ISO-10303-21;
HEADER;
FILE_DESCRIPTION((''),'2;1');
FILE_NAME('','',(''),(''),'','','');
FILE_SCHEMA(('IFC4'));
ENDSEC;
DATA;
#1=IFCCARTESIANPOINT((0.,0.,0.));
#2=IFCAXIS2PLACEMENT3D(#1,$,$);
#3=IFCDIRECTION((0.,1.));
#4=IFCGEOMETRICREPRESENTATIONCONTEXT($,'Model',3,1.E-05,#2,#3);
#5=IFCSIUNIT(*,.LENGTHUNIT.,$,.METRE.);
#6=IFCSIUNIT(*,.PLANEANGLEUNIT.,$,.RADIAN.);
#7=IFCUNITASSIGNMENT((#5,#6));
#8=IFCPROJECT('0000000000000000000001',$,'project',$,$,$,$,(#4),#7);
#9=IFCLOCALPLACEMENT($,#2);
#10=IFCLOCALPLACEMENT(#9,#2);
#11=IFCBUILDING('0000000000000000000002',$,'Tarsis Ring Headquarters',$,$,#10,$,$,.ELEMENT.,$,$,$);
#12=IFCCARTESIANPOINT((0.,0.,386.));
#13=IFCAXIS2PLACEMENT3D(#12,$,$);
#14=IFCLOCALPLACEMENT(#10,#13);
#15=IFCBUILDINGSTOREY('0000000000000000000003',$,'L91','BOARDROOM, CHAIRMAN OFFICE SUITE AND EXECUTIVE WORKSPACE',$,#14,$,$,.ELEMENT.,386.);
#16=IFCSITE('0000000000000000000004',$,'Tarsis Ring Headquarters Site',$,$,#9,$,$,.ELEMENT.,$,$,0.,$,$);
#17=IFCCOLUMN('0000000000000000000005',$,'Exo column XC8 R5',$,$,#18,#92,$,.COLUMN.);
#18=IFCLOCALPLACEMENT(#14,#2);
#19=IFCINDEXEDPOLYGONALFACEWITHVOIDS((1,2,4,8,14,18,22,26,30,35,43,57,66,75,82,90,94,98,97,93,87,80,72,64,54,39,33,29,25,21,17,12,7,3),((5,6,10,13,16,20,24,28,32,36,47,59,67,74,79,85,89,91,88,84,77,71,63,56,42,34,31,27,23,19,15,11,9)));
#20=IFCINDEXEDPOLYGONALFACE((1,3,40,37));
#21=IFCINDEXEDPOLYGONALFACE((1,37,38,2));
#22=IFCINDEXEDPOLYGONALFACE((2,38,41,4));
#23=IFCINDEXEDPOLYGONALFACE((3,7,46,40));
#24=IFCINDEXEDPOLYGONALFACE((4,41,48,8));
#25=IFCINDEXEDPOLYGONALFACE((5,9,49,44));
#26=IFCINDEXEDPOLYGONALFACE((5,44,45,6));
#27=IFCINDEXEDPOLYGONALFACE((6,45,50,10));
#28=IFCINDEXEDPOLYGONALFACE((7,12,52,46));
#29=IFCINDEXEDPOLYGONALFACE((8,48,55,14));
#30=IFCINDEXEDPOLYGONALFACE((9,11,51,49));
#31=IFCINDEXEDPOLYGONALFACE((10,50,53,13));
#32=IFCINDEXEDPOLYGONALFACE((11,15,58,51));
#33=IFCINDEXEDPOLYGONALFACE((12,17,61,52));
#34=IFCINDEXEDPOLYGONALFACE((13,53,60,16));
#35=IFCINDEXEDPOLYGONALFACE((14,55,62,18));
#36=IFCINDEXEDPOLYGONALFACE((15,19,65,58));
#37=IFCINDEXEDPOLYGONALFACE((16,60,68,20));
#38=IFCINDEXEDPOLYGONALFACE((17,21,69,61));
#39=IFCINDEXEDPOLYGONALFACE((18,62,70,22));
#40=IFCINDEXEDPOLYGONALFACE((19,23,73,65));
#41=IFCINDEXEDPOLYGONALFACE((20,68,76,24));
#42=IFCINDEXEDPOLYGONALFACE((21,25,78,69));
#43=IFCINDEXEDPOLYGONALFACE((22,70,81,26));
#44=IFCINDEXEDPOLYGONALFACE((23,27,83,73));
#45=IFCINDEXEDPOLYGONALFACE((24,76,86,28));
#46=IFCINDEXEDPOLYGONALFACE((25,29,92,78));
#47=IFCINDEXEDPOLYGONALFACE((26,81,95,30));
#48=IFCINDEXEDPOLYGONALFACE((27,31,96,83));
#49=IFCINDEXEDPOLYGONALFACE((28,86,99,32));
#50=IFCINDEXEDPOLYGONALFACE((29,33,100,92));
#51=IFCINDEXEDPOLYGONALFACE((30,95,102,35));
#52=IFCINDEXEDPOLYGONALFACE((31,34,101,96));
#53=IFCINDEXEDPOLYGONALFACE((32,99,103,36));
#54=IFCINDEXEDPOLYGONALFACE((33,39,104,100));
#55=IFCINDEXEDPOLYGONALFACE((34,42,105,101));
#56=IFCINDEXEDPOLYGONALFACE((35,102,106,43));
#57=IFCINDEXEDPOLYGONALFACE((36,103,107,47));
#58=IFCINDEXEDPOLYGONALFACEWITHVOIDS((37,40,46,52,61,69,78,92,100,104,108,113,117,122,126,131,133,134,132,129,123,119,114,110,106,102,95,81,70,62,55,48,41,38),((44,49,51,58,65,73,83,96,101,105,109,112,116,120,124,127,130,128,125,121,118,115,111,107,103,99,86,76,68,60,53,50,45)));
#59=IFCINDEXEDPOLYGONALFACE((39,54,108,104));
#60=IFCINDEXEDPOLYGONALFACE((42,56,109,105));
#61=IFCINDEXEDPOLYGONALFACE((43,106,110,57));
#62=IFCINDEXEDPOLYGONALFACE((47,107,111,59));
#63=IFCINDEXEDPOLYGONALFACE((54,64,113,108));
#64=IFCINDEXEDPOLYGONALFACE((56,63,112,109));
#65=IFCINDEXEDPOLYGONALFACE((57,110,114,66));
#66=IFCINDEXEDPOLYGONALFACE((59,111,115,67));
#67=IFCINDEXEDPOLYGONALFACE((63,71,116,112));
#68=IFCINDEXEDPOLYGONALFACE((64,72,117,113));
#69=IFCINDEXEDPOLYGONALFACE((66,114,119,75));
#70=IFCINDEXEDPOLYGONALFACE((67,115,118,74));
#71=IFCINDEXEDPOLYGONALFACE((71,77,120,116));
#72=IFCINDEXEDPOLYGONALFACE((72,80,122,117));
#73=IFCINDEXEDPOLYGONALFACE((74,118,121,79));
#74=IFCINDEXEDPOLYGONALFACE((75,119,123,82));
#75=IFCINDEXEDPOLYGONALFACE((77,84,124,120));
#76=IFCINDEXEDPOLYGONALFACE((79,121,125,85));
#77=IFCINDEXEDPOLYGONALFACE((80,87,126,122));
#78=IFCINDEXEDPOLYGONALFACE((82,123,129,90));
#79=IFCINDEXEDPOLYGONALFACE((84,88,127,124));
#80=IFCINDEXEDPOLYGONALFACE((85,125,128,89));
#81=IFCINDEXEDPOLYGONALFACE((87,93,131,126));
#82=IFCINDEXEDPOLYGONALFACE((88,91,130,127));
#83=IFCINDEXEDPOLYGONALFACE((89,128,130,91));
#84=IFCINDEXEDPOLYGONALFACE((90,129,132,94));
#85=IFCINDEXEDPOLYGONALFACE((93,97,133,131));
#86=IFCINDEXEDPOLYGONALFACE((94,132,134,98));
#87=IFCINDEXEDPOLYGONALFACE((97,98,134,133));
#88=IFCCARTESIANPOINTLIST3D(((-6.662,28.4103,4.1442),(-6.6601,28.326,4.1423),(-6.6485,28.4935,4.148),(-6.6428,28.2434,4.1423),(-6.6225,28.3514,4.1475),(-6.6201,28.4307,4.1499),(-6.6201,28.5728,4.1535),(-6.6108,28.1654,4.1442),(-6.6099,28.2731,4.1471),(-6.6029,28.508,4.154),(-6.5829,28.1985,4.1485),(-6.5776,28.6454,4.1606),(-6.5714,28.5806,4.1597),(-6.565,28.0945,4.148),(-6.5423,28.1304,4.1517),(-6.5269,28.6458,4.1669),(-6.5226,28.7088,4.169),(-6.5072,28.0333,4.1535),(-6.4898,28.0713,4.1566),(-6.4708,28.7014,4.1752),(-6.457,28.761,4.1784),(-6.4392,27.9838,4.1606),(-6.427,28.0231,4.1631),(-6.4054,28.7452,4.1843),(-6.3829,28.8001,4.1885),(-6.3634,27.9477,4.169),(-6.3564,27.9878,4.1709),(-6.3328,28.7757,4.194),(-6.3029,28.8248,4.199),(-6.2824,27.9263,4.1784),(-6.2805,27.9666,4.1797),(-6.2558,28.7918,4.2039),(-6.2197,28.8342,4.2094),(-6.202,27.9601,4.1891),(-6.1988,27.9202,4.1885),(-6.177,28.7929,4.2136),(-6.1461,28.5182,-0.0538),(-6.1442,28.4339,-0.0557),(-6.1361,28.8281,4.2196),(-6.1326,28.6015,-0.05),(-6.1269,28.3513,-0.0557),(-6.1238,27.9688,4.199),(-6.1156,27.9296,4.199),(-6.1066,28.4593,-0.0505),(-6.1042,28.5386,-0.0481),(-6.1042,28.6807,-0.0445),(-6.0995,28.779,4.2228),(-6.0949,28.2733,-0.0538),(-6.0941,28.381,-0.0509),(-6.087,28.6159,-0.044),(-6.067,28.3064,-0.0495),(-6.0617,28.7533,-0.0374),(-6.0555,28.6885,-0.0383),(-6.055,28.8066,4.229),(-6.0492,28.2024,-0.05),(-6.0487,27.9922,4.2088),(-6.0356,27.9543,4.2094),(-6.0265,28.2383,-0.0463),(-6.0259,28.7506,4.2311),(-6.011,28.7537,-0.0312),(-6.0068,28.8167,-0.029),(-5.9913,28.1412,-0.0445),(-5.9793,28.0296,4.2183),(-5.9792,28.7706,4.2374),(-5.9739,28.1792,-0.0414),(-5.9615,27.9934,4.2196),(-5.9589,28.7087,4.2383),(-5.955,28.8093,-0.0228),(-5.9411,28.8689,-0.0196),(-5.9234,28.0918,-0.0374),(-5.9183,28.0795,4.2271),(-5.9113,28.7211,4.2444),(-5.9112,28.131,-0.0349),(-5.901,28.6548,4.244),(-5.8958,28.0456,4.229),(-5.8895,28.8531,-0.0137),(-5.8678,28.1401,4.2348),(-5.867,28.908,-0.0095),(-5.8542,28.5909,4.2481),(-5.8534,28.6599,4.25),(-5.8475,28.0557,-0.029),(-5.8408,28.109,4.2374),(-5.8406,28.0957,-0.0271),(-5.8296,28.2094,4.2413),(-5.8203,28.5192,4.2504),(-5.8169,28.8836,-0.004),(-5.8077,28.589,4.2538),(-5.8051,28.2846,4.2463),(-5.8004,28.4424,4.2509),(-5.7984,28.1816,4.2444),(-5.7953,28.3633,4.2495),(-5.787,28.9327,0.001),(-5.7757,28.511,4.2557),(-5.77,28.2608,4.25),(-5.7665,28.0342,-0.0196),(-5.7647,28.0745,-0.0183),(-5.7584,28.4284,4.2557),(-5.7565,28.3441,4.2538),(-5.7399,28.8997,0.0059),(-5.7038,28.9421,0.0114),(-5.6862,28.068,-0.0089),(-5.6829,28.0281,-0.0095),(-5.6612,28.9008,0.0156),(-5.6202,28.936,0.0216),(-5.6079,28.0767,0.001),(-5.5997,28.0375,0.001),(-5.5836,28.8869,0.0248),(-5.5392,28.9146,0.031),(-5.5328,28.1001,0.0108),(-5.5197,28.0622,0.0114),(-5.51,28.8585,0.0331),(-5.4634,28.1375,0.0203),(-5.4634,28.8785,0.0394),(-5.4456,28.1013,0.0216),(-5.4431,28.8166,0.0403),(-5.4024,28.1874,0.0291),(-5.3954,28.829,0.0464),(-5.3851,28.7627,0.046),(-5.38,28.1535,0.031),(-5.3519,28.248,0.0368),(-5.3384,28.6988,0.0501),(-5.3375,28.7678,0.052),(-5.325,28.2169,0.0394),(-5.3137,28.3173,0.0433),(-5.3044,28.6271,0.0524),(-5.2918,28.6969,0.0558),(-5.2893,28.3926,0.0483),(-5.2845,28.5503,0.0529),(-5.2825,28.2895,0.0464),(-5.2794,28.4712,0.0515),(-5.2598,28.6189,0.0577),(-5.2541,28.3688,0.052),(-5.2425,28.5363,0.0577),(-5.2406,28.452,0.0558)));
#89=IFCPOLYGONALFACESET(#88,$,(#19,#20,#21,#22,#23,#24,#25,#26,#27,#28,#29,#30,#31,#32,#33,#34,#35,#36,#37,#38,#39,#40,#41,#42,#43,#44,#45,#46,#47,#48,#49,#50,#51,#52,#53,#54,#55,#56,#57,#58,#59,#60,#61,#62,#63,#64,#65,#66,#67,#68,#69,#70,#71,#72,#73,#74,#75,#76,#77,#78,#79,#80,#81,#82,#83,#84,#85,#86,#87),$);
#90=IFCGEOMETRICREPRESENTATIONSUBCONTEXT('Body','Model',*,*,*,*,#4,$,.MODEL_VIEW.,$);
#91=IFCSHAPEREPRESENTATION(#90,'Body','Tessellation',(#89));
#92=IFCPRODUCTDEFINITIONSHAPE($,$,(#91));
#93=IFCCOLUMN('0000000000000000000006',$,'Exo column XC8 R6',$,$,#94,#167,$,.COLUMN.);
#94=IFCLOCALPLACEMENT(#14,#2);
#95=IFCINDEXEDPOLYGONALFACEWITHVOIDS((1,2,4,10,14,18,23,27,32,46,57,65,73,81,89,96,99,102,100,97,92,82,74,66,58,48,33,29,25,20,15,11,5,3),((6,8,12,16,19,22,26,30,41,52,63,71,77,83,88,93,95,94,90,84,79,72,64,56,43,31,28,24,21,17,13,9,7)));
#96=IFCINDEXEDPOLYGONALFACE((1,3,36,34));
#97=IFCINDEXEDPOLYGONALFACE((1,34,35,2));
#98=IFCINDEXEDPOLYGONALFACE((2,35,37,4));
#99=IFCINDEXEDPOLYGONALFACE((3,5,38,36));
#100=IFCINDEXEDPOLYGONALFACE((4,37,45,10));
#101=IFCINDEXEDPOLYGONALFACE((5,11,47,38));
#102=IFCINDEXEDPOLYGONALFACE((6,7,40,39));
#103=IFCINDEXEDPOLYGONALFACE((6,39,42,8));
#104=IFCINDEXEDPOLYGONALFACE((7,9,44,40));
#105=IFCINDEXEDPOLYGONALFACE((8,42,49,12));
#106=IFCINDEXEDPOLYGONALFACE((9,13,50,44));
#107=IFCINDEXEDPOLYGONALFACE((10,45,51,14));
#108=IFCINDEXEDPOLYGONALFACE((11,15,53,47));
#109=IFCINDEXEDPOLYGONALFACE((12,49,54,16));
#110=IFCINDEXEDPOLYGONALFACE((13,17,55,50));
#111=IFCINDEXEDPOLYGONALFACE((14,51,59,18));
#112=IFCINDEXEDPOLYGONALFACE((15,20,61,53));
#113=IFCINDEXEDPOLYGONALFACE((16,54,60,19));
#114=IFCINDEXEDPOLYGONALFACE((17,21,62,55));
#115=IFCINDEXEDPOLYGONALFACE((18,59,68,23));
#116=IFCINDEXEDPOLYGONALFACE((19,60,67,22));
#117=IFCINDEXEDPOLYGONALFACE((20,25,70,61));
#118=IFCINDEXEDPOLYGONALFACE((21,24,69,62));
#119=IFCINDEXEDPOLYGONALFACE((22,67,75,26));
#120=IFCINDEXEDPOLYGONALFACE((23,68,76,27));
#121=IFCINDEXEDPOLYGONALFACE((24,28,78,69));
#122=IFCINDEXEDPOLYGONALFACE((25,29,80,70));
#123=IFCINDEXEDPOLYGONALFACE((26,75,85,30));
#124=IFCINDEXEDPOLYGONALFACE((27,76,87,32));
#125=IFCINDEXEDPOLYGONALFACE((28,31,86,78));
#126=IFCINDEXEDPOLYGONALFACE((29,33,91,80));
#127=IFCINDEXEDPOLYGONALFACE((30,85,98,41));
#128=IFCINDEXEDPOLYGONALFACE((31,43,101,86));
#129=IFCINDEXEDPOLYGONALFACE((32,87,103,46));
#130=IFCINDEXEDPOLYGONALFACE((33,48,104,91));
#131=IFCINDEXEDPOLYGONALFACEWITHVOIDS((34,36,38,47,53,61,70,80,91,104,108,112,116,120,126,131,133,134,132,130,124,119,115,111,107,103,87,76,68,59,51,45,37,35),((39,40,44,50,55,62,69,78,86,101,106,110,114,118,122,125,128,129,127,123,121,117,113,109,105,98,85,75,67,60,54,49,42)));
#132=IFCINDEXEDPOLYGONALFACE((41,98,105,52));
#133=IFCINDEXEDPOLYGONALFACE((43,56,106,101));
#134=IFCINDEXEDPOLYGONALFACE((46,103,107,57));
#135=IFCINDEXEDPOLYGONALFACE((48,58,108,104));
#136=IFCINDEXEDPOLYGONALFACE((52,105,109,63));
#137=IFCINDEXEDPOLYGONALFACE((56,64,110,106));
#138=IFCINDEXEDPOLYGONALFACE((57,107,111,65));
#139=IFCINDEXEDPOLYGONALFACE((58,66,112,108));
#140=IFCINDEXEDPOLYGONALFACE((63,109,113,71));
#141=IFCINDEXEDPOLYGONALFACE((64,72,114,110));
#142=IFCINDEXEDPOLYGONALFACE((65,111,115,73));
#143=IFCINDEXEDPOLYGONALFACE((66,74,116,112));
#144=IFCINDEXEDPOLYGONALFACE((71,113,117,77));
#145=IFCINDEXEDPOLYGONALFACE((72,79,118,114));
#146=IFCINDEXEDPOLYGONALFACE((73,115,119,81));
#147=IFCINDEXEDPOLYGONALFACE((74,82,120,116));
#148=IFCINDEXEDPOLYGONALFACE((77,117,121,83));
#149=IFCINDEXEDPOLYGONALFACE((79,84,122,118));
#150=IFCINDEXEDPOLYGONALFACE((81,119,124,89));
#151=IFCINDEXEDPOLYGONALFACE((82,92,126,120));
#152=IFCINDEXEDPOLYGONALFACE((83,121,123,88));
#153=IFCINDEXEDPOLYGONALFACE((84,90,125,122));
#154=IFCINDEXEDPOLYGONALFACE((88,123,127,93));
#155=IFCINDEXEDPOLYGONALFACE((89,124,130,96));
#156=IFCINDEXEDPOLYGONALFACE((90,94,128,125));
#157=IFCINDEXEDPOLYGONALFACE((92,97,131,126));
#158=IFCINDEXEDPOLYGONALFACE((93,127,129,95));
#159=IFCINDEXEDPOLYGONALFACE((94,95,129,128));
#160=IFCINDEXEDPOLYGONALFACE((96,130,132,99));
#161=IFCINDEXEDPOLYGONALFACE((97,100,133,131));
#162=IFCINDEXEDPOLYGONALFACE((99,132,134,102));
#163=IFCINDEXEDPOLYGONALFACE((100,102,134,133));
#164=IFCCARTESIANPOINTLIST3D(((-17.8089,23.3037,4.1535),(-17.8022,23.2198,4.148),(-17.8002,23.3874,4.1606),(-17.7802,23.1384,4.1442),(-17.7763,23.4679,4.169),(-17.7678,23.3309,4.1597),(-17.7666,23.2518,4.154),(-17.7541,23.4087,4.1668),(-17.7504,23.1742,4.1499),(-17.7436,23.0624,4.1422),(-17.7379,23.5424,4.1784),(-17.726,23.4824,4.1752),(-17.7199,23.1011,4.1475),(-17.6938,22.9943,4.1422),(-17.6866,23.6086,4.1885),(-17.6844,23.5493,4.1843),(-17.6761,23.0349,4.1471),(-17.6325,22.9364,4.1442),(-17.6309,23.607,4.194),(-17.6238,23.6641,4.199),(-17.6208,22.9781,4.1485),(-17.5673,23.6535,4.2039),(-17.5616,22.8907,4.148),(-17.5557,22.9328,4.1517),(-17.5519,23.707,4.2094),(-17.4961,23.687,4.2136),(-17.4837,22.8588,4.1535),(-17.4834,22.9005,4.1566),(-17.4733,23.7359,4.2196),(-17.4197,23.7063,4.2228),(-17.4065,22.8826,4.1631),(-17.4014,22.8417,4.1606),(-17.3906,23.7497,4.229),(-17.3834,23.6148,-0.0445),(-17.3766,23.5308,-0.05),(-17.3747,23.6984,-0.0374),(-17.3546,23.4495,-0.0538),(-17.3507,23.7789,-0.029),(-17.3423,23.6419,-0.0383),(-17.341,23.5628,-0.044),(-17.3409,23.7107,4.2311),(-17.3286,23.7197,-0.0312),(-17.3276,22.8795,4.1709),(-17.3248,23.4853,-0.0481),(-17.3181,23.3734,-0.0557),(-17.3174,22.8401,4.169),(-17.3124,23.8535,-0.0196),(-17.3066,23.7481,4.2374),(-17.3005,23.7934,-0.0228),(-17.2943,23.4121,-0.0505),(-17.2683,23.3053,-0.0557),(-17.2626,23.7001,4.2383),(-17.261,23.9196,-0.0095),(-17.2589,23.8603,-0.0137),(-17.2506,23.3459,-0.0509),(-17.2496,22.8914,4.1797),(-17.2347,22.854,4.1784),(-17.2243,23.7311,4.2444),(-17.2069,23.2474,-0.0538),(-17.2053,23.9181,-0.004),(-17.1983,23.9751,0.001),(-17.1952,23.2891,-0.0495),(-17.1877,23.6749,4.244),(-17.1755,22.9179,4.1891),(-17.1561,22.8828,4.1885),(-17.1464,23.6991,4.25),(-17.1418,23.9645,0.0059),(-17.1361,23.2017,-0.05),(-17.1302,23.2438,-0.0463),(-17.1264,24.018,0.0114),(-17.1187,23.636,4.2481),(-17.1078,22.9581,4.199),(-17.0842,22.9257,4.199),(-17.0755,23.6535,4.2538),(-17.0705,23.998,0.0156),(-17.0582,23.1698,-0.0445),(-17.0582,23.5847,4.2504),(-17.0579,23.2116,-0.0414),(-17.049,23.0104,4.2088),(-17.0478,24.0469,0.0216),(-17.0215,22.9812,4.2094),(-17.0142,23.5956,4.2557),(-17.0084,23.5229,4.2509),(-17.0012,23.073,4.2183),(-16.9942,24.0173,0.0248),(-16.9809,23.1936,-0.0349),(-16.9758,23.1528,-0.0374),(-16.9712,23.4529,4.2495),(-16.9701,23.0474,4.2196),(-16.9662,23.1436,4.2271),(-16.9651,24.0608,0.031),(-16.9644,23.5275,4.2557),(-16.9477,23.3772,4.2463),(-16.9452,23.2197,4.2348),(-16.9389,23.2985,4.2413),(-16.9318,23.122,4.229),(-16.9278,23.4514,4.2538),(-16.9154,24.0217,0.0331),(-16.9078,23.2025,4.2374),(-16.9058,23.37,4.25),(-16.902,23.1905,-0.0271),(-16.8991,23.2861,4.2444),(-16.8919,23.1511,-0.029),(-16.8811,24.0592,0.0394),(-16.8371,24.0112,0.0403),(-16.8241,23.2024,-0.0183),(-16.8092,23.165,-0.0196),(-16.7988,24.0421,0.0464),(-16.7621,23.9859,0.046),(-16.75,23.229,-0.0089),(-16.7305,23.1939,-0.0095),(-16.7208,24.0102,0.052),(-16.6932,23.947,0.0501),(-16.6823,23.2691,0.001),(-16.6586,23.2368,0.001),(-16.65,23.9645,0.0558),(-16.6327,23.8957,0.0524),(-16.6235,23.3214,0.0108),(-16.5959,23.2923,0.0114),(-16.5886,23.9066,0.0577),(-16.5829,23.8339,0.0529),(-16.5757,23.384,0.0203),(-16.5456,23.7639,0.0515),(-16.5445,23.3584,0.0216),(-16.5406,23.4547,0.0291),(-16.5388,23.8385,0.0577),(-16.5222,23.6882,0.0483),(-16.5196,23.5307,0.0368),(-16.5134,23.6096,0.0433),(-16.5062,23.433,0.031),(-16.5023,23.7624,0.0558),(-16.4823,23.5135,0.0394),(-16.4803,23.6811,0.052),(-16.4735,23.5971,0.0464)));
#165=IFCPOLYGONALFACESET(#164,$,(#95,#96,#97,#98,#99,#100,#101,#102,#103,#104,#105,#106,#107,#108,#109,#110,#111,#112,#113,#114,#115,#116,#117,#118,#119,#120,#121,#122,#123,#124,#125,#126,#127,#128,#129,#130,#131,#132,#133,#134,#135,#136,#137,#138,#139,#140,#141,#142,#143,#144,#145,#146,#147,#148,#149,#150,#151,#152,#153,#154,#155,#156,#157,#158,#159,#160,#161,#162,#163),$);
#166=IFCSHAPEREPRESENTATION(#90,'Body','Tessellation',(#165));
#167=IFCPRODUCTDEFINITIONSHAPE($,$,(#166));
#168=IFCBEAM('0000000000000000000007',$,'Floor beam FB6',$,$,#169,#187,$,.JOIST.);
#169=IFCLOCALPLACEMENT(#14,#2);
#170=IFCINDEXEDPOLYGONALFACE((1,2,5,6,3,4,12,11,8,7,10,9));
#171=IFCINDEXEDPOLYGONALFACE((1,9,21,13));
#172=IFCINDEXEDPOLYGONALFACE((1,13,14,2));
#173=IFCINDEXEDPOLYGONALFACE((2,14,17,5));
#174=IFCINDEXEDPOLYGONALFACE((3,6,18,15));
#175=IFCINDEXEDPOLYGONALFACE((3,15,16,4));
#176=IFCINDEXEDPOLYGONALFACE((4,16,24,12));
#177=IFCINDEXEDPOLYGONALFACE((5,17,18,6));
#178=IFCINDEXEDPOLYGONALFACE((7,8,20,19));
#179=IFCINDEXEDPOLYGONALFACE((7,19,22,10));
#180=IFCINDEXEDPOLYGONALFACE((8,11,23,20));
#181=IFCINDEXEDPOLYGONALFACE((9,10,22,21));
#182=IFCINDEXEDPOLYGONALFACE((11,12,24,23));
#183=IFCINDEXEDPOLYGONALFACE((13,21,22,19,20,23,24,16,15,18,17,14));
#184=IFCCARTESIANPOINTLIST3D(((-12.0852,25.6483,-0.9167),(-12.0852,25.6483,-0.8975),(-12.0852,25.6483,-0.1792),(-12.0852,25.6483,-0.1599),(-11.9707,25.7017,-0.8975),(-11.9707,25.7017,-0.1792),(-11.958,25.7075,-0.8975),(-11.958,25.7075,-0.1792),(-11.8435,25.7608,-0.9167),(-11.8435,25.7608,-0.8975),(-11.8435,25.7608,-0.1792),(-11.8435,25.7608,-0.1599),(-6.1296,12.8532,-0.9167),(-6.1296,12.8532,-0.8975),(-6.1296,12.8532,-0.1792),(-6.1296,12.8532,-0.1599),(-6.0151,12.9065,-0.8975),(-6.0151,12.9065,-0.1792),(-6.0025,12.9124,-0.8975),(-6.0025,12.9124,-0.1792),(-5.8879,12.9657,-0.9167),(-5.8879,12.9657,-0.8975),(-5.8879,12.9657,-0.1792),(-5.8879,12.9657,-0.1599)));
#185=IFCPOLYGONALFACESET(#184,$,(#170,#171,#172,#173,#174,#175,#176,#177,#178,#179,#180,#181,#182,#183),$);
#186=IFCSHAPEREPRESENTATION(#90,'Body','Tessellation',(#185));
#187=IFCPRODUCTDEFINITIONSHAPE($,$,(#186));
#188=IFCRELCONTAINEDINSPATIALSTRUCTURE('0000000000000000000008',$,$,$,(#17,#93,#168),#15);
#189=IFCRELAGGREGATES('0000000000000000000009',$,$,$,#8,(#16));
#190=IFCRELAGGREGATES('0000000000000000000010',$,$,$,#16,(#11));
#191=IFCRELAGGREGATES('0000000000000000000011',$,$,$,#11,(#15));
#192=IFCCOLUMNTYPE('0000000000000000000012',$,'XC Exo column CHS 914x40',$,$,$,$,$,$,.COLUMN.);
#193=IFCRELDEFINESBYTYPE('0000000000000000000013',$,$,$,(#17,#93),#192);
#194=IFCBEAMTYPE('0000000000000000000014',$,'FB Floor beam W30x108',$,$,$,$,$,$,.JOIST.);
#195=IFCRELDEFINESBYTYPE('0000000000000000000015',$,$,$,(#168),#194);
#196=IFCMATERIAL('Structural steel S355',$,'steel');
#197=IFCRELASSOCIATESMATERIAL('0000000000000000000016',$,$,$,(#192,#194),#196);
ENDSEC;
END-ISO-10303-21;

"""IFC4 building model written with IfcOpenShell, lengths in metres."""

from ifc_helpers import new_model, si_unit, direction, frame, origin, origin_2d, place, context, subcontext, project, spatial, hollow_circle, i_section, extrude, material, material_profile, profile_set, type_object, element, save


model = new_model("IFC4")

# Units and contexts
model_context = context("Model", 3, precision=1e-05, world=origin(), true_north=direction((0.0, 1.0)))
body_context = subcontext(model_context, "Body", "Model", "MODEL_VIEW")
ifc_project = project(units=[si_unit("LENGTHUNIT", "METRE"), si_unit("PLANEANGLEUNIT", "RADIAN")], contexts=[model_context])

# Site, building, storey
site_placement = place(None, origin())
site = spatial("IfcSite", under=ifc_project, at=site_placement, Name="Tarsis Ring Headquarters Site", CompositionType="ELEMENT", RefElevation=0.0)
building_placement = place(site_placement, origin())
building = spatial("IfcBuilding", under=site, at=building_placement, Name="Tarsis Ring Headquarters", CompositionType="ELEMENT")
storey_placement = place(building_placement, frame((0.0, 0.0, 386.0)))
storey = spatial("IfcBuildingStorey", under=building, at=storey_placement, Name="L91", Description="BOARDROOM, CHAIRMAN OFFICE SUITE AND EXECUTIVE WORKSPACE", CompositionType="ELEMENT", Elevation=386.0)

# Columns
ifc_material_1 = material(Name="Structural steel S355", Category="steel")
ifc_material_profile_1 = material_profile(ifc_material_1, hollow_circle(Radius=0.457, WallThickness=0.04, at=origin_2d()), Name="CHS 914x40")
ifc_profile_set_1 = profile_set([ifc_material_profile_1], Name="Structural steel S355")
column_type = type_object("IfcColumnType", Name="XC Exo column CHS 914x40", PredefinedType="COLUMN", material=ifc_profile_set_1)
for number, where, z_axis, x_axis, name in (
    (1, (-5.6934, 28.4851, 0.001), (-0.121927, -0.025505, 0.992211), (0.20475, -0.978814, 0.0), "Exo column XC8 R5"),
    (2, (-16.9285, 23.606, 0.001), (-0.100577, -0.073514, 0.99221), (0.590098, -0.807332, 0.0), "Exo column XC8 R6"),
):
    element("IfcColumn", number, at=place(storey_placement, frame(where, z_axis=z_axis, x_axis=x_axis)), inside=storey, type_object=column_type, Name=name, PredefinedType="COLUMN", context=body_context, shape_type="SweptSolid", body=[
        extrude(hollow_circle(Radius=0.4573, WallThickness=0.04, at=origin_2d()), origin(), (0.0, 0.0, 1.0), 4.231),
    ])

# Beam
ifc_material_profile_2 = material_profile(ifc_material_1, i_section(OverallWidth=0.2666, OverallDepth=0.7568, WebThickness=0.0139, FlangeThickness=0.0193, at=origin_2d()), Name="W30x108")
ifc_profile_set_2 = profile_set([ifc_material_profile_2], Name="Structural steel S355")
beam_type_1 = type_object("IfcBeamType", Name="FB Floor beam W30x108", PredefinedType="JOIST", material=ifc_profile_set_2)
beam_1_placement = place(storey_placement, frame((-11.9644, 25.7046, -0.5383), z_axis=(0.421983, -0.906604, 0.0), x_axis=(0.906604, 0.421983, 0.0)))
element("IfcBeam", 3, at=beam_1_placement, inside=storey, type_object=beam_type_1, Name="Floor beam FB6", PredefinedType="JOIST", context=body_context, shape_type="SweptSolid", body=[
    extrude(i_section(OverallWidth=0.2666, OverallDepth=0.7568, WebThickness=0.0139, FlangeThickness=0.0193, at=origin_2d()), origin(), (0.0, 0.0, 1.0), 14.1133),
])

save(model, "model.ifc")
